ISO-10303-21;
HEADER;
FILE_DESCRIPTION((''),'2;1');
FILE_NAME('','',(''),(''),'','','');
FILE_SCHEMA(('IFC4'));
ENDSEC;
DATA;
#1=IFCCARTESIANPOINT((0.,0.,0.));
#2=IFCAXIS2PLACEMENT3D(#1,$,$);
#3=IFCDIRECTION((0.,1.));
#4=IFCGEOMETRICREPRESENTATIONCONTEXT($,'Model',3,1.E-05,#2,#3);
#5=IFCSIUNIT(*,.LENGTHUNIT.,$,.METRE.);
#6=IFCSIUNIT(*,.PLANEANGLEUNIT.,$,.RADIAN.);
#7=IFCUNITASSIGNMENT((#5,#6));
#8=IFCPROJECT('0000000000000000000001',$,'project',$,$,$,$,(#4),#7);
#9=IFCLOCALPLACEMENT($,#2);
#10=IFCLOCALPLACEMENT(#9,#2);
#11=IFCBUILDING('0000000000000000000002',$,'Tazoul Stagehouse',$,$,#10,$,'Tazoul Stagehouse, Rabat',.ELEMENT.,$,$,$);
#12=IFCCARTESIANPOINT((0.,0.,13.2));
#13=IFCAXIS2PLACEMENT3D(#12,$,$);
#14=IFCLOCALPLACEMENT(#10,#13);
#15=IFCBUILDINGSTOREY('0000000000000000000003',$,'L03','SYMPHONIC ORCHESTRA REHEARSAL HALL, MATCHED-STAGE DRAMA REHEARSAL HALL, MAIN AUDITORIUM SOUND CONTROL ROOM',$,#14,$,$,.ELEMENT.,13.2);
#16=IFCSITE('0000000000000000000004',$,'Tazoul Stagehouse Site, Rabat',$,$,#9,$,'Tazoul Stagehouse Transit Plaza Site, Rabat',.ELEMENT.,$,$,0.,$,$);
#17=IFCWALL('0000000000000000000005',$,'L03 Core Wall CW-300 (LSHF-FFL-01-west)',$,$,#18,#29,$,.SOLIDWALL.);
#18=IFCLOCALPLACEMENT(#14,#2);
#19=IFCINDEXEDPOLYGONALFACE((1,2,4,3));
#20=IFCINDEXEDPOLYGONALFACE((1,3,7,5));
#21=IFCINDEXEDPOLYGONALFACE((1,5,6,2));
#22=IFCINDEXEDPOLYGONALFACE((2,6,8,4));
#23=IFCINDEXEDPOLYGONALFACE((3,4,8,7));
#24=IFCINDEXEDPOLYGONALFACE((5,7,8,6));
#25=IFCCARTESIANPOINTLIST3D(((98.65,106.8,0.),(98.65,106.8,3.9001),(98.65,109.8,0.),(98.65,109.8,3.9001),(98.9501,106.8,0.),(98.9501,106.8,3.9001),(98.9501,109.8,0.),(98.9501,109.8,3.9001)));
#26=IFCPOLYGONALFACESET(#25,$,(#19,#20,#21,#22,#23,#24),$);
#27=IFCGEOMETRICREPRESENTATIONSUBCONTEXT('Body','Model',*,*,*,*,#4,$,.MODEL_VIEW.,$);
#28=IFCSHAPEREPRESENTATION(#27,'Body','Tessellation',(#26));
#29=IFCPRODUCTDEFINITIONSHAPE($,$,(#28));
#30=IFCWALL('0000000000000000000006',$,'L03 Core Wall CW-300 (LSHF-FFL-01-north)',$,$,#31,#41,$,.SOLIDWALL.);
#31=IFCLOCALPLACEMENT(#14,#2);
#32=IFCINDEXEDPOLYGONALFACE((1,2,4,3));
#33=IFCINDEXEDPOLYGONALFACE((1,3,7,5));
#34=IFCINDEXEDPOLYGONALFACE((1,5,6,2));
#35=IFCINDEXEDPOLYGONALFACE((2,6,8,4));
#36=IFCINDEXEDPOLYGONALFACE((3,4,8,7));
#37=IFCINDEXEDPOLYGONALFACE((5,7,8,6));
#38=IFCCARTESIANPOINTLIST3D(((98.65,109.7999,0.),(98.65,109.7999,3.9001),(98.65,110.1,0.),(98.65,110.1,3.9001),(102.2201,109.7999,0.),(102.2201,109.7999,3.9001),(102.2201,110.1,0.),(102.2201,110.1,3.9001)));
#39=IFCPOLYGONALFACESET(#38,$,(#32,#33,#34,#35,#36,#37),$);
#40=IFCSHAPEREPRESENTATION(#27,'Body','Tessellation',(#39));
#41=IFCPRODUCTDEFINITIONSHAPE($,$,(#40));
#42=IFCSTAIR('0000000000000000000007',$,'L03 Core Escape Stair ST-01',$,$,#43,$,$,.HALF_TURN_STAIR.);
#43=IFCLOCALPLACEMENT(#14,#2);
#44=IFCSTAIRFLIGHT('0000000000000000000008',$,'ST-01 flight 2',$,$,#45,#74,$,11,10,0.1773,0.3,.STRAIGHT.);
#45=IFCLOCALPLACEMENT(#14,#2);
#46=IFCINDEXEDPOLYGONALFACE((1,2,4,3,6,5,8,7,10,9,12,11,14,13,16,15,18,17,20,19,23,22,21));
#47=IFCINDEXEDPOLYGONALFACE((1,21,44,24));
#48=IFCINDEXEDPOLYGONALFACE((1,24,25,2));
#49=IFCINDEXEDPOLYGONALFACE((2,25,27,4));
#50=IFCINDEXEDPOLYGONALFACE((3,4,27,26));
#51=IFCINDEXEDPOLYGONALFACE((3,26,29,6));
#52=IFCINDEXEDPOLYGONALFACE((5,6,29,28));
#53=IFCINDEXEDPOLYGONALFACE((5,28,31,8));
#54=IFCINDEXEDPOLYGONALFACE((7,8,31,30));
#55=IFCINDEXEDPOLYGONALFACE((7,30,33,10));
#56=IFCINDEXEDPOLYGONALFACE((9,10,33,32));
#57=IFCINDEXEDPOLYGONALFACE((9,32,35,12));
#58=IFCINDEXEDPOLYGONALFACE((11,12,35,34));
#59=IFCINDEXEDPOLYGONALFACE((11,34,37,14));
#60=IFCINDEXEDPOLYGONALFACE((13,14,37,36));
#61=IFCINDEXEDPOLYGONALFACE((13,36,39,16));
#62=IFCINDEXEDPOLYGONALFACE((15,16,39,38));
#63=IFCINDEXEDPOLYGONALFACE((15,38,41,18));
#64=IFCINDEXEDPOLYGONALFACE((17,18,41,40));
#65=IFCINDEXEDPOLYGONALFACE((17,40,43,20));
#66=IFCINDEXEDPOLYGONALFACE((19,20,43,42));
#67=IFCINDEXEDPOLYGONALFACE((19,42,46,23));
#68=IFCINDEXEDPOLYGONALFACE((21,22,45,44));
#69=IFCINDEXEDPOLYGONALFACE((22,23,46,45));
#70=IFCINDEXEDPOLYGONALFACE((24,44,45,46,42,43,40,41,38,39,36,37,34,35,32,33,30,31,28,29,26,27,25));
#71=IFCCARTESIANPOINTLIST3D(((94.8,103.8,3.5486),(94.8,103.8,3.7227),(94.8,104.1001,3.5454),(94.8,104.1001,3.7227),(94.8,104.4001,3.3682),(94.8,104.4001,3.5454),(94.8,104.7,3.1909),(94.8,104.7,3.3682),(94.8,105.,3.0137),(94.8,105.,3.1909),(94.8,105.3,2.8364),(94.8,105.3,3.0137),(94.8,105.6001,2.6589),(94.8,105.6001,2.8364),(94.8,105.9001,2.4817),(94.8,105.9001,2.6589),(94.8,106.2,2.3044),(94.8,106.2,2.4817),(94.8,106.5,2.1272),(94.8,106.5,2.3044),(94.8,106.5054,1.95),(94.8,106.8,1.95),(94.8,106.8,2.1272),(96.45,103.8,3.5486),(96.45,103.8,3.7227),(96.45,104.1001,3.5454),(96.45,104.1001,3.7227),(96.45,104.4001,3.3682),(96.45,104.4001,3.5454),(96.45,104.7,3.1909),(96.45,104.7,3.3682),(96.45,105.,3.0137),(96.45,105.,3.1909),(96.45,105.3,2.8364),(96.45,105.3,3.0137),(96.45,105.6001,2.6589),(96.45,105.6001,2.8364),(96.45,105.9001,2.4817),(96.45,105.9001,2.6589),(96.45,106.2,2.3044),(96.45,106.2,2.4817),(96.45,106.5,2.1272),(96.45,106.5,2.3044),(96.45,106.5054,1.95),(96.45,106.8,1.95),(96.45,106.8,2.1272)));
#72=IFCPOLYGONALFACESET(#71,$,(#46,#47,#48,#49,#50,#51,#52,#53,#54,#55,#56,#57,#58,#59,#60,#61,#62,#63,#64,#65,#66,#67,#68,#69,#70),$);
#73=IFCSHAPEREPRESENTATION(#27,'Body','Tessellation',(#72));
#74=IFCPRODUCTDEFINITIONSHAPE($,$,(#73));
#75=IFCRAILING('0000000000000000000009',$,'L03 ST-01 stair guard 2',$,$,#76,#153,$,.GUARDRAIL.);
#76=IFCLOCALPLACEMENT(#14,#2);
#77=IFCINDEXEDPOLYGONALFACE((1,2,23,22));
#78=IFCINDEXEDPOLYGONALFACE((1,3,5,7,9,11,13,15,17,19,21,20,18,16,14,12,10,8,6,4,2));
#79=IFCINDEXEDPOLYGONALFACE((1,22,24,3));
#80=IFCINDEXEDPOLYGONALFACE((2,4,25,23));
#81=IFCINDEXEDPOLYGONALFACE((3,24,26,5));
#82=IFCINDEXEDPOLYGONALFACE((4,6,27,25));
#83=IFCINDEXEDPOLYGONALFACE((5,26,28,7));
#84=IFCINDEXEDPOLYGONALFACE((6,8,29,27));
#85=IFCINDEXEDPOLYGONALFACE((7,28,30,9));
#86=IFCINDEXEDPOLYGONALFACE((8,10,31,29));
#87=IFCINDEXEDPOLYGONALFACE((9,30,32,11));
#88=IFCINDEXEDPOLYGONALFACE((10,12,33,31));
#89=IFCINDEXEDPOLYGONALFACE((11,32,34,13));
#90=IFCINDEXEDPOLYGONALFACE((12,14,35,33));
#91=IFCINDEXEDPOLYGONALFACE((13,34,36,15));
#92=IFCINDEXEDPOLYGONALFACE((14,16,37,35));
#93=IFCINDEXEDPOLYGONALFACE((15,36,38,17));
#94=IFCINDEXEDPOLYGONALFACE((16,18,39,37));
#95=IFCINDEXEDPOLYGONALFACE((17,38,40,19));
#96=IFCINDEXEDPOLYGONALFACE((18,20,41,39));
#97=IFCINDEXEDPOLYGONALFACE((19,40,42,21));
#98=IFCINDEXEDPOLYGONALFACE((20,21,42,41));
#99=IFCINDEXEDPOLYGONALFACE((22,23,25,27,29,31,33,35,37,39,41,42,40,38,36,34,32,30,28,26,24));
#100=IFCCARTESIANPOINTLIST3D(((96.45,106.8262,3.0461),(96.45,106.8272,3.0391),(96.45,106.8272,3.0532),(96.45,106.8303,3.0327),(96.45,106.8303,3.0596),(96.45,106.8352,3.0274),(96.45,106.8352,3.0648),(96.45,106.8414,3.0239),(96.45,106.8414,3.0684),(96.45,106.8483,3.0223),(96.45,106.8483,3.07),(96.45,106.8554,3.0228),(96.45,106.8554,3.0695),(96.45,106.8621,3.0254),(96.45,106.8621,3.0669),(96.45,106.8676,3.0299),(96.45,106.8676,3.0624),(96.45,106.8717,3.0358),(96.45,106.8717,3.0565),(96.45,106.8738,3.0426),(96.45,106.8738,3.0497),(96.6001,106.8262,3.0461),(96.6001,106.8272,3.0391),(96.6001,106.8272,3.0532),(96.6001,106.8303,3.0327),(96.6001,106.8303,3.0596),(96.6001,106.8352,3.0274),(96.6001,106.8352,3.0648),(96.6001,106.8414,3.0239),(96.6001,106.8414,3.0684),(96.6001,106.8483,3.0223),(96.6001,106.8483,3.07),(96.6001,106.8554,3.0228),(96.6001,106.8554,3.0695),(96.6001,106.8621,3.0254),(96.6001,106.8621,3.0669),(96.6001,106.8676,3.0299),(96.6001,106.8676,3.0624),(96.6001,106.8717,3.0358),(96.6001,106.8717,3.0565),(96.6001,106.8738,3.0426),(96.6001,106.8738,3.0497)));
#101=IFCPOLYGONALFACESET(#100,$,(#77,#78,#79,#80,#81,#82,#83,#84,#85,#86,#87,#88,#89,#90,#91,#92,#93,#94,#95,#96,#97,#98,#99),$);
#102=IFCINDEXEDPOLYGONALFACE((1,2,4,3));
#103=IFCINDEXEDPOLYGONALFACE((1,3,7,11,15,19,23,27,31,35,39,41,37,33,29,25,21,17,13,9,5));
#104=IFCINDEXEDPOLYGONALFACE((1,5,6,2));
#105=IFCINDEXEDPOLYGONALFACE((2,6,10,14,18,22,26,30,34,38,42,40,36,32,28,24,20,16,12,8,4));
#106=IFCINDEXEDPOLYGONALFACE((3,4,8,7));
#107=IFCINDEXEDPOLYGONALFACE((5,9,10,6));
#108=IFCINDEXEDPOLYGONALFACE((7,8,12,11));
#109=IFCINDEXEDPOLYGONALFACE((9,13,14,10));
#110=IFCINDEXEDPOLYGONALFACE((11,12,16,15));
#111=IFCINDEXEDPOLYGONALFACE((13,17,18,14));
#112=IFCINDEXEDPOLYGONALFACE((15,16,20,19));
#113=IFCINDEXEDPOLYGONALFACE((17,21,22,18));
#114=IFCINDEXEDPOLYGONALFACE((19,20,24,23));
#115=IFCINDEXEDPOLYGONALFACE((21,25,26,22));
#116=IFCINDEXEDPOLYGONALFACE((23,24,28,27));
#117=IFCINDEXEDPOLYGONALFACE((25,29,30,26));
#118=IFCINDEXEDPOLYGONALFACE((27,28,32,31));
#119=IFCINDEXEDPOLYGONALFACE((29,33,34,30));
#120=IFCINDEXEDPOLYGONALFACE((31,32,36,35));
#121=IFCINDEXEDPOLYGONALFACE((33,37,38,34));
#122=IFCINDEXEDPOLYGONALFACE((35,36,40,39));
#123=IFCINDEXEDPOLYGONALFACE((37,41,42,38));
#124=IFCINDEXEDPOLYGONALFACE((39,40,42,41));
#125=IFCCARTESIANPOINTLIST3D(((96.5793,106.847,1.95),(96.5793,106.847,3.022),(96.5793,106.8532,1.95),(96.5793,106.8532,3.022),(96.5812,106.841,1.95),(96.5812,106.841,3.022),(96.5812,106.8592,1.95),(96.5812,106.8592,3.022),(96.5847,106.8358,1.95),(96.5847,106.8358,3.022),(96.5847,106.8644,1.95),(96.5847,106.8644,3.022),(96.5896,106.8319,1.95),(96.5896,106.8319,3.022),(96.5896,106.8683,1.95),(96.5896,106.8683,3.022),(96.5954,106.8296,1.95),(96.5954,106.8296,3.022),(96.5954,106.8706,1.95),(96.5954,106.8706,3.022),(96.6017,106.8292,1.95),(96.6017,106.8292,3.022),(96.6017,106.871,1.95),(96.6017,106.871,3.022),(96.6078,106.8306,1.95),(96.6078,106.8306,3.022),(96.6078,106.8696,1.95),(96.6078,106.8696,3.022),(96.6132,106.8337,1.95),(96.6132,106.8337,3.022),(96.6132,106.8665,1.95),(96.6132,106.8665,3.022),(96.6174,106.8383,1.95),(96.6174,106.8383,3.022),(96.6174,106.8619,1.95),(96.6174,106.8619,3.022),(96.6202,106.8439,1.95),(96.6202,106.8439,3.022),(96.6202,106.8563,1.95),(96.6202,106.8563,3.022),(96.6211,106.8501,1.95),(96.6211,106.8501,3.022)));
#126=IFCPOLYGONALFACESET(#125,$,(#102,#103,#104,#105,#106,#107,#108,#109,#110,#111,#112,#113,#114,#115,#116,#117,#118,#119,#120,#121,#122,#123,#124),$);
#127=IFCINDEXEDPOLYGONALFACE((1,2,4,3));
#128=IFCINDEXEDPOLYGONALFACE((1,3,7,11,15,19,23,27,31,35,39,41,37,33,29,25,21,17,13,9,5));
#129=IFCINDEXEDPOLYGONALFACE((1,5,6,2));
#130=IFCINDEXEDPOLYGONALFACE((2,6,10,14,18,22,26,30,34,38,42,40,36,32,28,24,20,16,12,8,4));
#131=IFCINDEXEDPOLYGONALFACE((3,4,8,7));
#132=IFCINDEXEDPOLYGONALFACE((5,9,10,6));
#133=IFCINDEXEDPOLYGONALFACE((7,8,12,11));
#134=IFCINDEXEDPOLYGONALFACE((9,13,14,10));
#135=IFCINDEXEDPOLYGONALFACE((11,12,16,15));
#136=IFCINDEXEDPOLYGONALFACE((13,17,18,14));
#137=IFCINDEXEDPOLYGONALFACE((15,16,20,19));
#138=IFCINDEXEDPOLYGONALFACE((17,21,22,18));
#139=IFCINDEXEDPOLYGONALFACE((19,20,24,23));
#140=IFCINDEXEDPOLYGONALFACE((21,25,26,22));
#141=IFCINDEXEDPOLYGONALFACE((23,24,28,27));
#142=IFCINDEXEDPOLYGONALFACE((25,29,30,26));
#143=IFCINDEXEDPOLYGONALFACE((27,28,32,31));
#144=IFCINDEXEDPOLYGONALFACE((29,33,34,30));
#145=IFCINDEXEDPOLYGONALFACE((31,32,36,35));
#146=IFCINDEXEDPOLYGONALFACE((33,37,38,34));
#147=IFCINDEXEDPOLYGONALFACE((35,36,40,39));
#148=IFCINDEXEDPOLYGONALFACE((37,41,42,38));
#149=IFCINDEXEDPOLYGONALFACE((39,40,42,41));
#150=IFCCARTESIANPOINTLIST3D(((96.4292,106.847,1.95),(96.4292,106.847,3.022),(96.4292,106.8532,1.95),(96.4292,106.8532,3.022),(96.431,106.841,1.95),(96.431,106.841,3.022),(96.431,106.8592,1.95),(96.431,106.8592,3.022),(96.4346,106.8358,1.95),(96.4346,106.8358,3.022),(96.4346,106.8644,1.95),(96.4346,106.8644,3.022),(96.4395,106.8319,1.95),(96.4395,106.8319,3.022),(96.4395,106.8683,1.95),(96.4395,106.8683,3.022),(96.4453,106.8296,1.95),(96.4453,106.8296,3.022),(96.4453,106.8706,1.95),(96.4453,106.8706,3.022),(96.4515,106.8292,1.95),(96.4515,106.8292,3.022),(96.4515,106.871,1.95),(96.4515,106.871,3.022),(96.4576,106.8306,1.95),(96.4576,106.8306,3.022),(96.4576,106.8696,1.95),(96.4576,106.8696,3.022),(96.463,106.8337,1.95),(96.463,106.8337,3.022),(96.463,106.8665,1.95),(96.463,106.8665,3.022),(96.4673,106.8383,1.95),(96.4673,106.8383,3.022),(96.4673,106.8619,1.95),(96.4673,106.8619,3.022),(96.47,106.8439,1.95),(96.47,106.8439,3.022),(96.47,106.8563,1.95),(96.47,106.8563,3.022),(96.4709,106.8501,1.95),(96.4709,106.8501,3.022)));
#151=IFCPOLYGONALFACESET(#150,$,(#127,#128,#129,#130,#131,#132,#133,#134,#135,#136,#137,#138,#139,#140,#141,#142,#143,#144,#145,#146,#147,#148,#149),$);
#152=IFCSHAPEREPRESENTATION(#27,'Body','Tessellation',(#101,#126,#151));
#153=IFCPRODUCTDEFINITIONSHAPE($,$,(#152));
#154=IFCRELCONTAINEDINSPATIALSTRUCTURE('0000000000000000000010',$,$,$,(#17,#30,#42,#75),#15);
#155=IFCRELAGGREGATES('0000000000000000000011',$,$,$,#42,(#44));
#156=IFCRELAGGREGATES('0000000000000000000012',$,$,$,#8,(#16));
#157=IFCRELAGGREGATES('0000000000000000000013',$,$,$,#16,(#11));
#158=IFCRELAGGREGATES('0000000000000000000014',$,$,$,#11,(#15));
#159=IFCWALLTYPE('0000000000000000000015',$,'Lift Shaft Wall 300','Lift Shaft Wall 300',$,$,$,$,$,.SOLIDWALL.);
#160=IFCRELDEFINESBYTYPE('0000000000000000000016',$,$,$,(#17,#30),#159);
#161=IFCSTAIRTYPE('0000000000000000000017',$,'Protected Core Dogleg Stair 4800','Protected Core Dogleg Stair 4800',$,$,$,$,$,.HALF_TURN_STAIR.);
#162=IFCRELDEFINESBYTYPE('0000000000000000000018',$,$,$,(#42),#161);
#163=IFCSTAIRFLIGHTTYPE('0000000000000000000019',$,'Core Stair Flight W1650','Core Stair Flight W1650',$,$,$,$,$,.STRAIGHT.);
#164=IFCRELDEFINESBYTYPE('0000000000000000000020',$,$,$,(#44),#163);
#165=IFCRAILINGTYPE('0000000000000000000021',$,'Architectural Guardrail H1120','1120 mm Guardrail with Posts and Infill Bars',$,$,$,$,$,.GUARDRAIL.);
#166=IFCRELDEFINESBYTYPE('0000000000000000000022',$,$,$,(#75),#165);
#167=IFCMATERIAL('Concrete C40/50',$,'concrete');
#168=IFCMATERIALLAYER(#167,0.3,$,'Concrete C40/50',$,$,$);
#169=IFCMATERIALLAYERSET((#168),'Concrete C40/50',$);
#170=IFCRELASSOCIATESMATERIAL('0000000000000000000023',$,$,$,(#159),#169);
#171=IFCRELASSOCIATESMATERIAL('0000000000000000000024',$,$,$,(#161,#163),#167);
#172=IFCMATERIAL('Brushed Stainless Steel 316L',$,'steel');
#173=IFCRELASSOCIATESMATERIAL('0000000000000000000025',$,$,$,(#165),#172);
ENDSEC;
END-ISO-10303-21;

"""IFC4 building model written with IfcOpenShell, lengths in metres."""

from ifc_helpers import new_model, si_unit, direction, frame, frame_2d, origin, origin_2d, place, context, subcontext, project, spatial, polyline, rectangle, circle, outline, extrude, material, layer, layer_set, material_profile, profile_set, type_object, element, aggregate, save


model = new_model("IFC4")

# Units and contexts
model_context = context("Model", 3, precision=1e-05, world=origin(), true_north=direction((0.0, 1.0)))
body_context = subcontext(model_context, "Body", "Model", "MODEL_VIEW")
ifc_project = project(units=[si_unit("LENGTHUNIT", "METRE"), si_unit("PLANEANGLEUNIT", "RADIAN")], contexts=[model_context])

# Site, building, storey
site_placement = place(None, origin())
site = spatial("IfcSite", under=ifc_project, at=site_placement, Name="Tazoul Stagehouse Site, Rabat", LongName="Tazoul Stagehouse Transit Plaza Site, Rabat", CompositionType="ELEMENT", RefElevation=0.0)
building_placement = place(site_placement, origin())
building = spatial("IfcBuilding", under=site, at=building_placement, Name="Tazoul Stagehouse", LongName="Tazoul Stagehouse, Rabat", CompositionType="ELEMENT")
storey_placement = place(building_placement, frame((0.0, 0.0, 13.2)))
storey = spatial("IfcBuildingStorey", under=building, at=storey_placement, Name="L03", Description="SYMPHONIC ORCHESTRA REHEARSAL HALL, MATCHED-STAGE DRAMA REHEARSAL HALL, MAIN AUDITORIUM SOUND CONTROL ROOM", CompositionType="ELEMENT", Elevation=13.2)

# Shared definitions
ifc_material_1 = material(Name="Concrete C40/50", Category="concrete")

# Walls
ifc_layer_1 = layer(ifc_material_1, 0.3, Name="Concrete C40/50")
ifc_layer_set_1 = layer_set([ifc_layer_1], Name="Concrete C40/50")
wall_type_1 = type_object("IfcWallType", Name="Lift Shaft Wall 300", Description="Lift Shaft Wall 300", PredefinedType="SOLIDWALL", material=ifc_layer_set_1)
wall_1_placement = place(storey_placement, frame((98.8, 106.8, 0.0), z_axis=(0.0, 0.0, 1.0), x_axis=(0.0, 1.0, 0.0)))
element("IfcWall", 1, at=wall_1_placement, inside=storey, type_object=wall_type_1, Name="L03 Core Wall CW-300 (LSHF-FFL-01-west)", PredefinedType="SOLIDWALL", context=body_context, shape_type="SweptSolid", body=[
    extrude(rectangle(XDim=3.0, YDim=0.3, at=frame_2d((1.5, 0.0))), origin(), (0.0, 0.0, 1.0), 3.9001),
])
wall_2_placement = place(storey_placement, frame((98.6499, 109.95, 0.0), z_axis=(0.0, 0.0, 1.0), x_axis=(1.0, 0.0, 0.0)))
element("IfcWall", 2, at=wall_2_placement, inside=storey, type_object=wall_type_1, Name="L03 Core Wall CW-300 (LSHF-FFL-01-north)", PredefinedType="SOLIDWALL", context=body_context, shape_type="SweptSolid", body=[
    extrude(rectangle(XDim=3.5701, YDim=0.3, at=frame_2d((1.7852, 0.0))), origin(), (0.0, 0.0, 1.0), 3.9001),
])

# Stair, stair flight
stair_type = type_object("IfcStairType", Name="Protected Core Dogleg Stair 4800", Description="Protected Core Dogleg Stair 4800", PredefinedType="HALF_TURN_STAIR", material=ifc_material_1)
stair_placement = place(storey_placement, origin())
stair = element("IfcStair", 3, at=stair_placement, inside=storey, type_object=stair_type, Name="L03 Core Escape Stair ST-01", PredefinedType="HALF_TURN_STAIR")
stair_flight_type = type_object("IfcStairFlightType", Name="Core Stair Flight W1650", Description="Core Stair Flight W1650", PredefinedType="STRAIGHT", material=ifc_material_1)
stair_flight_placement = place(storey_placement, frame((95.625, 106.8, 1.95), z_axis=(0.0, 0.0, 1.0), x_axis=(0.0, -1.0, 0.0)))
stair_flight = element("IfcStairFlight", 4, at=stair_flight_placement, type_object=stair_flight_type, Name="ST-01 flight 2", NumberOfRisers=11, NumberOfTreads=10, PredefinedType="STRAIGHT", RiserHeight=0.1773, TreadLength=0.3, context=body_context, shape_type="SweptSolid", body=[
    extrude(outline(polyline([(0.0, 0.0), (0.0, 0.1772), (0.3, 0.1772), (0.3, 0.3545), (0.6001, 0.3545), (0.6001, 0.5317), (0.8999, 0.5317), (0.8999, 0.709), (1.2, 0.709), (1.2, 0.8865), (1.5, 0.8865), (1.5, 1.0637), (1.8, 1.0637), (1.8, 1.241), (2.1001, 1.241), (2.1001, 1.4182), (2.3999, 1.4182), (2.3999, 1.5955), (2.7, 1.5955), (2.7, 1.7727), (3.0, 1.7727), (3.0, 1.95), (3.0, 1.5986), (0.2947, 0.0), (0.0, 0.0)])), frame((0.0, 0.825, 0.0), z_axis=(0.0, -1.0, 0.0), x_axis=(1.0, 0.0, 0.0)), (0.0, 0.0, 1.0), 1.6499),
])
aggregate(stair, [stair_flight])

# Railing
ifc_material_2 = material(Name="Brushed Stainless Steel 316L", Category="steel")
ifc_material_profile = material_profile(ifc_material_2, circle(Radius=0.0239, at=origin_2d()), Name="SS RAIL D48")
ifc_profile_set = profile_set([ifc_material_profile], Name="Brushed Stainless Steel 316L")
railing_type = type_object("IfcRailingType", Name="Architectural Guardrail H1120", Description="1120 mm Guardrail with Posts and Infill Bars", PredefinedType="GUARDRAIL", material=ifc_profile_set)
railing_1_placement = place(storey_placement, frame((96.6001, 106.8501, 1.95)))
element("IfcRailing", 5, at=railing_1_placement, inside=storey, type_object=railing_type, Name="L03 ST-01 stair guard 2", PredefinedType="GUARDRAIL", context=body_context, shape_type="SweptSolid", body=[
    extrude(circle(Radius=0.0239, at=origin_2d()), frame((0.0, 0.0, 1.0962), z_axis=(-1.0, 0.0, 0.0), x_axis=(0.0, -1.0, 0.0)), (0.0, 0.0, 1.0), 0.1501),
    extrude(circle(Radius=0.021, at=origin_2d()), origin(), (0.0, 0.0, 1.0), 1.072),
    extrude(circle(Radius=0.021, at=origin_2d()), frame((-0.1501, 0.0, 0.0)), (0.0, 0.0, 1.0), 1.072),
])

save(model, "model.ifc")
